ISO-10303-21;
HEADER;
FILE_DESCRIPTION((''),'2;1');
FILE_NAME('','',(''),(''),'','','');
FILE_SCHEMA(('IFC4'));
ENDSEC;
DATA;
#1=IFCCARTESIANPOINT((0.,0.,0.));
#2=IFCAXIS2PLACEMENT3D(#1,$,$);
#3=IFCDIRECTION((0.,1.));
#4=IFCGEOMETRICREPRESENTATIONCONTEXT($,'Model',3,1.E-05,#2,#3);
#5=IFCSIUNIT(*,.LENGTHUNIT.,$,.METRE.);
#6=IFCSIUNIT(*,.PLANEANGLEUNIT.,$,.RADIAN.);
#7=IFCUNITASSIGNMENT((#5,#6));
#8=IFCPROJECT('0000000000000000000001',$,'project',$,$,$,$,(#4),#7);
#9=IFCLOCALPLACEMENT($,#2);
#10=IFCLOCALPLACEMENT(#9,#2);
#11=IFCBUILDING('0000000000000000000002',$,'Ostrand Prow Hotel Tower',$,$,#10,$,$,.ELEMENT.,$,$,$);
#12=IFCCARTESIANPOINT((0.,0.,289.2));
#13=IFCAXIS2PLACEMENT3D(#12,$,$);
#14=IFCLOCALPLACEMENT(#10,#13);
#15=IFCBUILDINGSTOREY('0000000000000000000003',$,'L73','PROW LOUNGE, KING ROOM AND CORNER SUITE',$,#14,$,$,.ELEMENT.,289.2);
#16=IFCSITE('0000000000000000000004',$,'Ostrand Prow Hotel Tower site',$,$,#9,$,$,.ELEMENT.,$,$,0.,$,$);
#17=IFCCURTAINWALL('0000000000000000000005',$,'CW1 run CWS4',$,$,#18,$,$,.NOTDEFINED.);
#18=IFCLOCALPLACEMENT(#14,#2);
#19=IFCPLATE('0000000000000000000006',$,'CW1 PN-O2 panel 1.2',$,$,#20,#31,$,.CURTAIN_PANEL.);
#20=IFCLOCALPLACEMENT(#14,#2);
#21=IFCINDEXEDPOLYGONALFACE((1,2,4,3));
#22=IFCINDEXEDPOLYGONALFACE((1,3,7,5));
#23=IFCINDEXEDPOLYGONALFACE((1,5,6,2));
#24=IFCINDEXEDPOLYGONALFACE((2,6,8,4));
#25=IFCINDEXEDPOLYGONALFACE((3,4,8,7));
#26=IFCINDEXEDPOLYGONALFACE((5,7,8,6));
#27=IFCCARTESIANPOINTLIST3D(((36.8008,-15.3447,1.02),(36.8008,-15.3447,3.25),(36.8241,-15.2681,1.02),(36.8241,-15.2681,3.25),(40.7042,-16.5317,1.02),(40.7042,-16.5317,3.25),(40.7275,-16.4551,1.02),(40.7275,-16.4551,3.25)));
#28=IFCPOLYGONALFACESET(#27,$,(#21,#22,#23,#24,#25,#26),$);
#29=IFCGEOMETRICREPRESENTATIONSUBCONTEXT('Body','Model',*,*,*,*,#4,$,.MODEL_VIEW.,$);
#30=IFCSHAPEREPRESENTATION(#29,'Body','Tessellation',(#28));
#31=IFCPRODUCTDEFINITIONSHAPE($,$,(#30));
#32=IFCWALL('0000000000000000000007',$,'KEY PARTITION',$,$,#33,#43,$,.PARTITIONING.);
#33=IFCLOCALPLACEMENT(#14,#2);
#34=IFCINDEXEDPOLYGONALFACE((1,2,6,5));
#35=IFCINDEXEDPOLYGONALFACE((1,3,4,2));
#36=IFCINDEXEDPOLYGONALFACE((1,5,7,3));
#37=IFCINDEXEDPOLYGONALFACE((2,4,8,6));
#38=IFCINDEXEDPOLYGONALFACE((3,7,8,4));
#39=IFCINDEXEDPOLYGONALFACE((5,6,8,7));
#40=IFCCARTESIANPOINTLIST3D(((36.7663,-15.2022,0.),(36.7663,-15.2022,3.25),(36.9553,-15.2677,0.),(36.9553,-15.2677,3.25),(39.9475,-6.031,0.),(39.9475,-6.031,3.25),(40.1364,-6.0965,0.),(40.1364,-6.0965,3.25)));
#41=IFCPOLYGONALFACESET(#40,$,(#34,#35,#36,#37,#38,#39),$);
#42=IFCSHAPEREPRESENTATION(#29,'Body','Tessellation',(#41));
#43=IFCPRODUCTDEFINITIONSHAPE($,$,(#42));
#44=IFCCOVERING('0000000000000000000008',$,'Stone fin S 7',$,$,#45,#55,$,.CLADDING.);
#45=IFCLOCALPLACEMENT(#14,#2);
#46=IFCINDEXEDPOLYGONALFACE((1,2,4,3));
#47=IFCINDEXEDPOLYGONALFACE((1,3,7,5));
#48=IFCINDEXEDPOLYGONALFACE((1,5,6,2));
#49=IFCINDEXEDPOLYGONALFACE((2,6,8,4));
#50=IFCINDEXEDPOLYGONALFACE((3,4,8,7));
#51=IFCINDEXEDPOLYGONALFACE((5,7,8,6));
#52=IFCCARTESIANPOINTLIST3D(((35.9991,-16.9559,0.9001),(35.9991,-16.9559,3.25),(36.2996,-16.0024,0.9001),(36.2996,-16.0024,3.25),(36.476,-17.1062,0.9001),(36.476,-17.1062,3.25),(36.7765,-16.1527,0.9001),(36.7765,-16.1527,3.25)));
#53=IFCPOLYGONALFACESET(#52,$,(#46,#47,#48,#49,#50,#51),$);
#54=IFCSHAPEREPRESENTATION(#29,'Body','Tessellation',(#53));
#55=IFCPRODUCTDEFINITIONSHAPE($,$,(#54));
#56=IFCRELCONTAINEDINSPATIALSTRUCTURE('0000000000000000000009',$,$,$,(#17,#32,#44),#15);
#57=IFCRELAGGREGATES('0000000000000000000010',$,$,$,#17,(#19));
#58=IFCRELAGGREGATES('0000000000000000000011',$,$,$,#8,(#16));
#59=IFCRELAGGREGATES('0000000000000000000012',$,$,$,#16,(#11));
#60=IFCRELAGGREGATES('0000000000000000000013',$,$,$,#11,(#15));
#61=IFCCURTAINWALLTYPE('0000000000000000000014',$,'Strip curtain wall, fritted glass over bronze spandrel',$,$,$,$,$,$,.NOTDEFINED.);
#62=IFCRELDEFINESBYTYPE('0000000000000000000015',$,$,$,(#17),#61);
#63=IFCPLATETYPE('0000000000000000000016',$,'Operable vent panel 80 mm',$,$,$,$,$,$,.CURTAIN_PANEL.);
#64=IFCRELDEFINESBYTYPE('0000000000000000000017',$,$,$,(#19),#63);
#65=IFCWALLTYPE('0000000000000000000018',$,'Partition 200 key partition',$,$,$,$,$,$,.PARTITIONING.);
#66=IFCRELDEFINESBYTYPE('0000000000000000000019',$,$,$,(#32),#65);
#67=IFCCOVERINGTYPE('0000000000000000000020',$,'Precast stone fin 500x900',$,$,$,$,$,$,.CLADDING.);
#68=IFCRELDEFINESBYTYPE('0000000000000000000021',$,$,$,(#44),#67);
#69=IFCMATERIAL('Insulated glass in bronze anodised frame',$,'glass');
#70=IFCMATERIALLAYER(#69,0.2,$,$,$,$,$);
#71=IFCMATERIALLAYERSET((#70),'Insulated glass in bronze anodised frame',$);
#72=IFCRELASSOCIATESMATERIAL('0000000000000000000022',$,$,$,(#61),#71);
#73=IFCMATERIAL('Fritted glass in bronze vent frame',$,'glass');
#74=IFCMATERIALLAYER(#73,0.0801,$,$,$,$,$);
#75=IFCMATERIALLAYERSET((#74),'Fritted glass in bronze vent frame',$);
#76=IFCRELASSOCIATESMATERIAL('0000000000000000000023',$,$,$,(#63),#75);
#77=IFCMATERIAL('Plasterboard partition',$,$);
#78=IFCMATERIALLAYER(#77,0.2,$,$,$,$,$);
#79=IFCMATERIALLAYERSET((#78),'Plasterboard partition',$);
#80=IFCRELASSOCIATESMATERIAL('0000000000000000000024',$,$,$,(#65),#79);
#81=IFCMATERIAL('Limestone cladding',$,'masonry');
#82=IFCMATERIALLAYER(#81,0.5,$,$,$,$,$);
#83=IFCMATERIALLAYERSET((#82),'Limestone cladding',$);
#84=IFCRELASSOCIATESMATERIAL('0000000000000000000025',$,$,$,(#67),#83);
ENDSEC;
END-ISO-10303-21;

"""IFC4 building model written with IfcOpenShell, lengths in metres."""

from ifc_helpers import new_model, si_unit, direction, frame, frame_2d, origin, origin_2d, place, context, subcontext, project, spatial, rectangle, extrude, material, layer, layer_set, type_object, element, aggregate, save


model = new_model("IFC4")

# Units and contexts
model_context = context("Model", 3, precision=1e-05, world=origin(), true_north=direction((0.0, 1.0)))
body_context = subcontext(model_context, "Body", "Model", "MODEL_VIEW")
ifc_project = project(units=[si_unit("LENGTHUNIT", "METRE"), si_unit("PLANEANGLEUNIT", "RADIAN")], contexts=[model_context])

# Site, building, storey
site_placement = place(None, origin())
site = spatial("IfcSite", under=ifc_project, at=site_placement, Name="Ostrand Prow Hotel Tower site", CompositionType="ELEMENT", RefElevation=0.0)
building_placement = place(site_placement, origin())
building = spatial("IfcBuilding", under=site, at=building_placement, Name="Ostrand Prow Hotel Tower", CompositionType="ELEMENT")
storey_placement = place(building_placement, frame((0.0, 0.0, 289.2)))
storey = spatial("IfcBuildingStorey", under=building, at=storey_placement, Name="L73", Description="PROW LOUNGE, KING ROOM AND CORNER SUITE", CompositionType="ELEMENT", Elevation=289.2)

# Shared definitions
ifc_material_1 = material(Name="Insulated glass in bronze anodised frame", Category="glass")
ifc_layer_1 = layer(ifc_material_1, 0.2)
ifc_layer_set_1 = layer_set([ifc_layer_1], Name="Insulated glass in bronze anodised frame")
curtain_wall_type = type_object("IfcCurtainWallType", Name="Strip curtain wall, fritted glass over bronze spandrel", PredefinedType="NOTDEFINED", material=ifc_layer_set_1)

# Curtain wall
curtain_wall_1_placement = place(storey_placement, origin())
curtain_wall_1 = element("IfcCurtainWall", 1, at=curtain_wall_1_placement, inside=storey, type_object=curtain_wall_type, Name="CW1 run CWS4", PredefinedType="NOTDEFINED")

# Plate
ifc_material_2 = material(Name="Fritted glass in bronze vent frame", Category="glass")
ifc_layer_2 = layer(ifc_material_2, 0.0801)
ifc_layer_set_2 = layer_set([ifc_layer_2], Name="Fritted glass in bronze vent frame")
plate_type_1 = type_object("IfcPlateType", Name="Operable vent panel 80 mm", PredefinedType="CURTAIN_PANEL", material=ifc_layer_set_2)
plate_1_placement = place(storey_placement, frame((38.7642, -15.8999, 1.02), z_axis=(0.0, 0.0, 1.0), x_axis=(0.956742, -0.290938, 0.0)))
plate_1 = element("IfcPlate", 2, at=plate_1_placement, type_object=plate_type_1, Name="CW1 PN-O2 panel 1.2", PredefinedType="CURTAIN_PANEL", context=body_context, shape_type="SweptSolid", body=[
    extrude(rectangle(XDim=4.0798, YDim=0.0801, at=origin_2d()), origin(), (0.0, 0.0, 1.0), 2.23),
])
aggregate(curtain_wall_1, [plate_1])

# Wall
ifc_material_3 = material(Name="Plasterboard partition")
ifc_layer_3 = layer(ifc_material_3, 0.2)
ifc_layer_set_3 = layer_set([ifc_layer_3], Name="Plasterboard partition")
wall_type = type_object("IfcWallType", Name="Partition 200 key partition", PredefinedType="PARTITIONING", material=ifc_layer_set_3)
wall_placement = place(storey_placement, frame((36.8608, -15.2349, 0.0), z_axis=(0.0, 0.0, 1.0), x_axis=(0.327711, 0.944778, 0.0)))
element("IfcWall", 3, at=wall_placement, inside=storey, type_object=wall_type, Name="KEY PARTITION", PredefinedType="PARTITIONING", context=body_context, shape_type="SweptSolid", body=[
    extrude(rectangle(XDim=9.7073, YDim=0.2, at=frame_2d((4.8535, 0.0))), origin(), (0.0, 0.0, 1.0), 3.25),
])

# Covering
ifc_material_4 = material(Name="Limestone cladding", Category="masonry")
ifc_layer_4 = layer(ifc_material_4, 0.5)
ifc_layer_set_4 = layer_set([ifc_layer_4], Name="Limestone cladding")
covering_type = type_object("IfcCoveringType", Name="Precast stone fin 500x900", PredefinedType="CLADDING", material=ifc_layer_set_4)
covering_placement = place(storey_placement, frame((36.5381, -16.0774, 0.9001), z_axis=(0.0, 0.0, 1.0), x_axis=(-0.300582, -0.953756, 0.0)))
element("IfcCovering", 4, at=covering_placement, inside=storey, type_object=covering_type, Name="Stone fin S 7", PredefinedType="CLADDING", context=body_context, shape_type="SweptSolid", body=[
    extrude(rectangle(XDim=0.9998, YDim=0.5, at=frame_2d((0.5, 0.0))), origin(), (0.0, 0.0, 1.0), 2.3499),
])

save(model, "model.ifc")
